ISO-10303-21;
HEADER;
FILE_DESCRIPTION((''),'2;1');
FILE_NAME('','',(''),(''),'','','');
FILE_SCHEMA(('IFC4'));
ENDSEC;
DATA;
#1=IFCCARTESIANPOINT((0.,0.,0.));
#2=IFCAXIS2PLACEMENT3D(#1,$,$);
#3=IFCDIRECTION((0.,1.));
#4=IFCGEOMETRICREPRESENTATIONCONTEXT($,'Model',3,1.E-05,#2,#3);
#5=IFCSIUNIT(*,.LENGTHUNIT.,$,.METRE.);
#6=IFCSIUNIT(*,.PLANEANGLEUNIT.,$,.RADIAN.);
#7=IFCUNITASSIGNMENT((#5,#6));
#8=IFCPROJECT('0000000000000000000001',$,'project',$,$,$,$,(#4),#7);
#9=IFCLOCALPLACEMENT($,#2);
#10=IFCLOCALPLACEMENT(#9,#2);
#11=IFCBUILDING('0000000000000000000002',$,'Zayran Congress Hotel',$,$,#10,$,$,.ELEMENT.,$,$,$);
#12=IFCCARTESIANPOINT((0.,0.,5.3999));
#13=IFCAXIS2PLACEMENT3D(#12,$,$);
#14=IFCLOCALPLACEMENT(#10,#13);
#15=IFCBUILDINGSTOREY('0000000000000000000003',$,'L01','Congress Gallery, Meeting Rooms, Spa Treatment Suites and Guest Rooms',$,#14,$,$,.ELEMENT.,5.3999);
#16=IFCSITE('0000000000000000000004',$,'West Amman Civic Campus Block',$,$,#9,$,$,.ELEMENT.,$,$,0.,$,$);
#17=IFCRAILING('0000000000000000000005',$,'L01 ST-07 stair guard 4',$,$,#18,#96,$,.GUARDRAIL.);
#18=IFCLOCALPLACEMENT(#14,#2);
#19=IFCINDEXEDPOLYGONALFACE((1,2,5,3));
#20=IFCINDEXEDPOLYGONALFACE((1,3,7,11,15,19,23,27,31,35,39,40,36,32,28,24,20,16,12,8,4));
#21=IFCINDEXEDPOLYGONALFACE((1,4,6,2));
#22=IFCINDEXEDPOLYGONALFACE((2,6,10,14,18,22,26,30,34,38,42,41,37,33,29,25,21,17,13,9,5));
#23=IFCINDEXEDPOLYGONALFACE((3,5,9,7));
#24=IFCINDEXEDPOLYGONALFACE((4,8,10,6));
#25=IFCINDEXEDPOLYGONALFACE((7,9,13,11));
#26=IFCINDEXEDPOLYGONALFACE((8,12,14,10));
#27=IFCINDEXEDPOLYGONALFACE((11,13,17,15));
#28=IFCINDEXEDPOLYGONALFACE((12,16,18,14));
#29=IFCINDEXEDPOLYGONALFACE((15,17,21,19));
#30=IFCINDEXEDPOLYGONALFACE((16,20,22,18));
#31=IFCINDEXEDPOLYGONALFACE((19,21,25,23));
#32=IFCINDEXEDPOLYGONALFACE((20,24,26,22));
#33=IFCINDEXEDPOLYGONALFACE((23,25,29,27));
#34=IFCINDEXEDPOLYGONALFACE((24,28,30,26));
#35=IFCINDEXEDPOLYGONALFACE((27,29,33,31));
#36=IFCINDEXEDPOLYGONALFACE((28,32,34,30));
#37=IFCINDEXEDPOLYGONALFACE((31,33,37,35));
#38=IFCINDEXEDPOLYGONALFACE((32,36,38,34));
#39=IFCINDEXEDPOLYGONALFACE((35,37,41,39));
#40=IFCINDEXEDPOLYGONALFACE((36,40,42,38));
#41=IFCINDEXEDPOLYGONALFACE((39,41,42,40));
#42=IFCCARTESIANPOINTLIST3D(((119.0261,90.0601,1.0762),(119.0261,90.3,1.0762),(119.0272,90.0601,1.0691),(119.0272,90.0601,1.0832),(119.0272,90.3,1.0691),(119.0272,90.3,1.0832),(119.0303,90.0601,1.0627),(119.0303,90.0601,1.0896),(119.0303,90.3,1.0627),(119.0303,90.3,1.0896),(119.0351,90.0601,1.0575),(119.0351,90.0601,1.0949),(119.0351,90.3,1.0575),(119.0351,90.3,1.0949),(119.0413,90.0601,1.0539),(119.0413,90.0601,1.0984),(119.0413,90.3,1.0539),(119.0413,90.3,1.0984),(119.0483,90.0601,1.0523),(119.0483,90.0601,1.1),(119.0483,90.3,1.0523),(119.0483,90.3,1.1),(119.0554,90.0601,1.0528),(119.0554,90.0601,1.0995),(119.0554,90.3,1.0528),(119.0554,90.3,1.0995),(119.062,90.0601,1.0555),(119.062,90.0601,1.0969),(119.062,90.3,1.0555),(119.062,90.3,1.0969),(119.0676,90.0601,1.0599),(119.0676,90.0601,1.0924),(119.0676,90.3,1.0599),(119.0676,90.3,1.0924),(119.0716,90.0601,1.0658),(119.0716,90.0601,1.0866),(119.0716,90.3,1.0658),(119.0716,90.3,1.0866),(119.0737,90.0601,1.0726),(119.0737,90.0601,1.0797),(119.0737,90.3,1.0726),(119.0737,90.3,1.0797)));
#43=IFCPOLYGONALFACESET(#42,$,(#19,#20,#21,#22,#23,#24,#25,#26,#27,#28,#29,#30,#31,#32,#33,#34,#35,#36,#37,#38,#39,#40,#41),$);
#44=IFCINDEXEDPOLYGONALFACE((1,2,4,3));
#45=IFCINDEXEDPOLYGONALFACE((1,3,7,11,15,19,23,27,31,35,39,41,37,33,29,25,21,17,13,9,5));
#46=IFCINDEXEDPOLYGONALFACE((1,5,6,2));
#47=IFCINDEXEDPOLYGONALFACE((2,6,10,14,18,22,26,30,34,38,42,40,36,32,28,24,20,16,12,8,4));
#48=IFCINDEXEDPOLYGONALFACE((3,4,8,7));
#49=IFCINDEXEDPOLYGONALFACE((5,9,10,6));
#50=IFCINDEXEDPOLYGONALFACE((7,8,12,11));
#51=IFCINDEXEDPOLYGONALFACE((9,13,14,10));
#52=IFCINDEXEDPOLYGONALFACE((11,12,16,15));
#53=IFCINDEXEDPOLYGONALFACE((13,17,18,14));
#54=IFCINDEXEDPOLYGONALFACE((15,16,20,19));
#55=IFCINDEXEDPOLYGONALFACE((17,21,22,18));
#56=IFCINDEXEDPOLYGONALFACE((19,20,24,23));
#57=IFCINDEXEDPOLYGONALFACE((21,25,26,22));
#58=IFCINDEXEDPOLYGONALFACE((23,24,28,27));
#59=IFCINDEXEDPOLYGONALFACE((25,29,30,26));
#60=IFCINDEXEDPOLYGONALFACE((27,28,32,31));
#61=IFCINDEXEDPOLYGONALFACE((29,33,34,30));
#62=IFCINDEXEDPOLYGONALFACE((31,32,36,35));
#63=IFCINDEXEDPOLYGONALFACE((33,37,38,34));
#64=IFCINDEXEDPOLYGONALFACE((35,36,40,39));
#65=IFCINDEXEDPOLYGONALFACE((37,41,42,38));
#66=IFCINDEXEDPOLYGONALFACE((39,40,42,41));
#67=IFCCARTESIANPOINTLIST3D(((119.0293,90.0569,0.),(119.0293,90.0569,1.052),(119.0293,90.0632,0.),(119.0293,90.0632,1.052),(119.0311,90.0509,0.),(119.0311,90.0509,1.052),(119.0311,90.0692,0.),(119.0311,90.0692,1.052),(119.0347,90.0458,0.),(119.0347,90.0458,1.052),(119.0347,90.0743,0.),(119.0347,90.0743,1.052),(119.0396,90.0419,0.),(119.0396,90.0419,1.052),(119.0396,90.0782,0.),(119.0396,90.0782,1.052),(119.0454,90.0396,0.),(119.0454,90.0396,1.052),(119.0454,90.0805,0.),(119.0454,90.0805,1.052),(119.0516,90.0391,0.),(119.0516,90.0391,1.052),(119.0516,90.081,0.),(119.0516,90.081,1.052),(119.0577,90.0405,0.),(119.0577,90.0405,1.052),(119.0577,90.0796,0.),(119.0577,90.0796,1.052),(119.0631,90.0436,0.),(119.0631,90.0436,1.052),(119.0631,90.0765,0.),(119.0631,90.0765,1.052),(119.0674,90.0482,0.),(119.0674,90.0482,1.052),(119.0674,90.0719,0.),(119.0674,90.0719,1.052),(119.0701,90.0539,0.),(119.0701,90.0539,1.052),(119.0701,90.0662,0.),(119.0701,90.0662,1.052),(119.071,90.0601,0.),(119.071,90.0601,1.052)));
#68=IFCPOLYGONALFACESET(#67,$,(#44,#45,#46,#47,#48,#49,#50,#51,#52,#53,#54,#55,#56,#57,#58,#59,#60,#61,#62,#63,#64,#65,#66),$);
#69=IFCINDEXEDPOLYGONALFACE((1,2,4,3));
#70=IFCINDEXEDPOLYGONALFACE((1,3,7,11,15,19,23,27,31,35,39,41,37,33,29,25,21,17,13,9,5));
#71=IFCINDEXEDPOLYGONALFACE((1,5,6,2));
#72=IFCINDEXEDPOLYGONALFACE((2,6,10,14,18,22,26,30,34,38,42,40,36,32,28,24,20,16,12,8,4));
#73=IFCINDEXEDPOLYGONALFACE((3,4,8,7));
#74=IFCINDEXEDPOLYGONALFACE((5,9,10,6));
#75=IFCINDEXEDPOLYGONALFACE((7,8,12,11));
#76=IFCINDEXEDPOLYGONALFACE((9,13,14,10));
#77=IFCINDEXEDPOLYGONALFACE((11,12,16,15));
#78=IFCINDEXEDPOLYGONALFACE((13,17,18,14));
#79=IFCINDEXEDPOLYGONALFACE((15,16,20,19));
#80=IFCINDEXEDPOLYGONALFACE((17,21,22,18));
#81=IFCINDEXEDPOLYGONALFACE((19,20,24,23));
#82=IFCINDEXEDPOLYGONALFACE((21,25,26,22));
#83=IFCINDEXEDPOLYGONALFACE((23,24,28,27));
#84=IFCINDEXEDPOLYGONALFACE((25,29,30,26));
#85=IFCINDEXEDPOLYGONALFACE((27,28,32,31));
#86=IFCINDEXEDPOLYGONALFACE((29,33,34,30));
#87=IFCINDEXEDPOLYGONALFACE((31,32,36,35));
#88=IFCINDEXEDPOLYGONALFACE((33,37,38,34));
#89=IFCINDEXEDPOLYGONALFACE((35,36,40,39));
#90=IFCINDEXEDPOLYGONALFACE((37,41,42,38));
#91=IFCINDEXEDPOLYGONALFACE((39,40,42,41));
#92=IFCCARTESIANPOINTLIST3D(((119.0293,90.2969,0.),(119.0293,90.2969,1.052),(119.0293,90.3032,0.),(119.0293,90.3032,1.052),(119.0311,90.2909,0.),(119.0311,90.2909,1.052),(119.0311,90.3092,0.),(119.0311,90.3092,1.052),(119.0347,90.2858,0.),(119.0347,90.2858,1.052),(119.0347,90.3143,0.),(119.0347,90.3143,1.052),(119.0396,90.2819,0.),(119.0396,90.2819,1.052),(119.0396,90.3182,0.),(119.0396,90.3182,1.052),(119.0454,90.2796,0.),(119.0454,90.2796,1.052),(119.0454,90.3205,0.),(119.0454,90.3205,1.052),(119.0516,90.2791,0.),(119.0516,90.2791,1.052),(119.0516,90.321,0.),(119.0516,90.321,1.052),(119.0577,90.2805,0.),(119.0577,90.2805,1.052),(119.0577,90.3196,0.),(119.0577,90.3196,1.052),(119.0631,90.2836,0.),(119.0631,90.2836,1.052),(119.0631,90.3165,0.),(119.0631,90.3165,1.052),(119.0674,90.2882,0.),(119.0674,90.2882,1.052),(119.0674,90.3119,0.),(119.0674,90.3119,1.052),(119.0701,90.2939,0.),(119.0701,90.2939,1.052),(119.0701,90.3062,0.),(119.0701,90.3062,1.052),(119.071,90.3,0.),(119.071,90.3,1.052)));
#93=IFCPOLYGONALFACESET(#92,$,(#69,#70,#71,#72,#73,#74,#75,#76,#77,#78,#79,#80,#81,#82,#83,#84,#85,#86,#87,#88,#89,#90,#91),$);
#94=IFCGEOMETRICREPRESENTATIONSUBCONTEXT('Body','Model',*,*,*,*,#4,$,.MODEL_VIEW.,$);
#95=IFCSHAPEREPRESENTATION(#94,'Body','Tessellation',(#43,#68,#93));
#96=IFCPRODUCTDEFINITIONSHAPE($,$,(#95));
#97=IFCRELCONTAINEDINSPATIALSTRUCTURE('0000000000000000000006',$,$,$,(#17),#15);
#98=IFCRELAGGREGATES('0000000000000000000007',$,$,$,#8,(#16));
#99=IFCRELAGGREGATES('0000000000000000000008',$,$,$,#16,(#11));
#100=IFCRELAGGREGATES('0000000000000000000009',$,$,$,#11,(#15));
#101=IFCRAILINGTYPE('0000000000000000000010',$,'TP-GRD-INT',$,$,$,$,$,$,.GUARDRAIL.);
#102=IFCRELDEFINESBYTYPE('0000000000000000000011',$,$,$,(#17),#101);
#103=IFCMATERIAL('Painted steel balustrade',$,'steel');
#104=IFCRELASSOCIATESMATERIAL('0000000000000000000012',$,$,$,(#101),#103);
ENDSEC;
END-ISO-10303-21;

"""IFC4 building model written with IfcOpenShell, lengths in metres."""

from ifc_helpers import new_model, si_unit, direction, frame, origin, origin_2d, place, context, subcontext, project, spatial, circle, extrude, material, type_object, element, save


model = new_model("IFC4")

# Units and contexts
model_context = context("Model", 3, precision=1e-05, world=origin(), true_north=direction((0.0, 1.0)))
body_context = subcontext(model_context, "Body", "Model", "MODEL_VIEW")
ifc_project = project(units=[si_unit("LENGTHUNIT", "METRE"), si_unit("PLANEANGLEUNIT", "RADIAN")], contexts=[model_context])

# Site, building, storey
site_placement = place(None, origin())
site = spatial("IfcSite", under=ifc_project, at=site_placement, Name="West Amman Civic Campus Block", CompositionType="ELEMENT", RefElevation=0.0)
building_placement = place(site_placement, origin())
building = spatial("IfcBuilding", under=site, at=building_placement, Name="Zayran Congress Hotel", CompositionType="ELEMENT")
storey_placement = place(building_placement, frame((0.0, 0.0, 5.3999)))
storey = spatial("IfcBuildingStorey", under=building, at=storey_placement, Name="L01", Description="Congress Gallery, Meeting Rooms, Spa Treatment Suites and Guest Rooms", CompositionType="ELEMENT", Elevation=5.3999)

# Railing
ifc_material_1 = material(Name="Painted steel balustrade", Category="steel")
railing_type_1 = type_object("IfcRailingType", Name="TP-GRD-INT", PredefinedType="GUARDRAIL", material=ifc_material_1)
railing_1_placement = place(storey_placement, frame((119.05, 90.0601, 0.0)))
element("IfcRailing", 1, at=railing_1_placement, inside=storey, type_object=railing_type_1, Name="L01 ST-07 stair guard 4", PredefinedType="GUARDRAIL", context=body_context, shape_type="SweptSolid", body=[
    extrude(circle(Radius=0.0239, at=origin_2d()), frame((0.0, 0.0, 1.0762), z_axis=(0.0, 1.0, 0.0), x_axis=(-1.0, 0.0, 0.0)), (0.0, 0.0, 1.0), 0.24),
    extrude(circle(Radius=0.021, at=origin_2d()), origin(), (0.0, 0.0, 1.0), 1.052),
    extrude(circle(Radius=0.021, at=origin_2d()), frame((0.0, 0.24, 0.0)), (0.0, 0.0, 1.0), 1.052),
])

save(model, "model.ifc")
